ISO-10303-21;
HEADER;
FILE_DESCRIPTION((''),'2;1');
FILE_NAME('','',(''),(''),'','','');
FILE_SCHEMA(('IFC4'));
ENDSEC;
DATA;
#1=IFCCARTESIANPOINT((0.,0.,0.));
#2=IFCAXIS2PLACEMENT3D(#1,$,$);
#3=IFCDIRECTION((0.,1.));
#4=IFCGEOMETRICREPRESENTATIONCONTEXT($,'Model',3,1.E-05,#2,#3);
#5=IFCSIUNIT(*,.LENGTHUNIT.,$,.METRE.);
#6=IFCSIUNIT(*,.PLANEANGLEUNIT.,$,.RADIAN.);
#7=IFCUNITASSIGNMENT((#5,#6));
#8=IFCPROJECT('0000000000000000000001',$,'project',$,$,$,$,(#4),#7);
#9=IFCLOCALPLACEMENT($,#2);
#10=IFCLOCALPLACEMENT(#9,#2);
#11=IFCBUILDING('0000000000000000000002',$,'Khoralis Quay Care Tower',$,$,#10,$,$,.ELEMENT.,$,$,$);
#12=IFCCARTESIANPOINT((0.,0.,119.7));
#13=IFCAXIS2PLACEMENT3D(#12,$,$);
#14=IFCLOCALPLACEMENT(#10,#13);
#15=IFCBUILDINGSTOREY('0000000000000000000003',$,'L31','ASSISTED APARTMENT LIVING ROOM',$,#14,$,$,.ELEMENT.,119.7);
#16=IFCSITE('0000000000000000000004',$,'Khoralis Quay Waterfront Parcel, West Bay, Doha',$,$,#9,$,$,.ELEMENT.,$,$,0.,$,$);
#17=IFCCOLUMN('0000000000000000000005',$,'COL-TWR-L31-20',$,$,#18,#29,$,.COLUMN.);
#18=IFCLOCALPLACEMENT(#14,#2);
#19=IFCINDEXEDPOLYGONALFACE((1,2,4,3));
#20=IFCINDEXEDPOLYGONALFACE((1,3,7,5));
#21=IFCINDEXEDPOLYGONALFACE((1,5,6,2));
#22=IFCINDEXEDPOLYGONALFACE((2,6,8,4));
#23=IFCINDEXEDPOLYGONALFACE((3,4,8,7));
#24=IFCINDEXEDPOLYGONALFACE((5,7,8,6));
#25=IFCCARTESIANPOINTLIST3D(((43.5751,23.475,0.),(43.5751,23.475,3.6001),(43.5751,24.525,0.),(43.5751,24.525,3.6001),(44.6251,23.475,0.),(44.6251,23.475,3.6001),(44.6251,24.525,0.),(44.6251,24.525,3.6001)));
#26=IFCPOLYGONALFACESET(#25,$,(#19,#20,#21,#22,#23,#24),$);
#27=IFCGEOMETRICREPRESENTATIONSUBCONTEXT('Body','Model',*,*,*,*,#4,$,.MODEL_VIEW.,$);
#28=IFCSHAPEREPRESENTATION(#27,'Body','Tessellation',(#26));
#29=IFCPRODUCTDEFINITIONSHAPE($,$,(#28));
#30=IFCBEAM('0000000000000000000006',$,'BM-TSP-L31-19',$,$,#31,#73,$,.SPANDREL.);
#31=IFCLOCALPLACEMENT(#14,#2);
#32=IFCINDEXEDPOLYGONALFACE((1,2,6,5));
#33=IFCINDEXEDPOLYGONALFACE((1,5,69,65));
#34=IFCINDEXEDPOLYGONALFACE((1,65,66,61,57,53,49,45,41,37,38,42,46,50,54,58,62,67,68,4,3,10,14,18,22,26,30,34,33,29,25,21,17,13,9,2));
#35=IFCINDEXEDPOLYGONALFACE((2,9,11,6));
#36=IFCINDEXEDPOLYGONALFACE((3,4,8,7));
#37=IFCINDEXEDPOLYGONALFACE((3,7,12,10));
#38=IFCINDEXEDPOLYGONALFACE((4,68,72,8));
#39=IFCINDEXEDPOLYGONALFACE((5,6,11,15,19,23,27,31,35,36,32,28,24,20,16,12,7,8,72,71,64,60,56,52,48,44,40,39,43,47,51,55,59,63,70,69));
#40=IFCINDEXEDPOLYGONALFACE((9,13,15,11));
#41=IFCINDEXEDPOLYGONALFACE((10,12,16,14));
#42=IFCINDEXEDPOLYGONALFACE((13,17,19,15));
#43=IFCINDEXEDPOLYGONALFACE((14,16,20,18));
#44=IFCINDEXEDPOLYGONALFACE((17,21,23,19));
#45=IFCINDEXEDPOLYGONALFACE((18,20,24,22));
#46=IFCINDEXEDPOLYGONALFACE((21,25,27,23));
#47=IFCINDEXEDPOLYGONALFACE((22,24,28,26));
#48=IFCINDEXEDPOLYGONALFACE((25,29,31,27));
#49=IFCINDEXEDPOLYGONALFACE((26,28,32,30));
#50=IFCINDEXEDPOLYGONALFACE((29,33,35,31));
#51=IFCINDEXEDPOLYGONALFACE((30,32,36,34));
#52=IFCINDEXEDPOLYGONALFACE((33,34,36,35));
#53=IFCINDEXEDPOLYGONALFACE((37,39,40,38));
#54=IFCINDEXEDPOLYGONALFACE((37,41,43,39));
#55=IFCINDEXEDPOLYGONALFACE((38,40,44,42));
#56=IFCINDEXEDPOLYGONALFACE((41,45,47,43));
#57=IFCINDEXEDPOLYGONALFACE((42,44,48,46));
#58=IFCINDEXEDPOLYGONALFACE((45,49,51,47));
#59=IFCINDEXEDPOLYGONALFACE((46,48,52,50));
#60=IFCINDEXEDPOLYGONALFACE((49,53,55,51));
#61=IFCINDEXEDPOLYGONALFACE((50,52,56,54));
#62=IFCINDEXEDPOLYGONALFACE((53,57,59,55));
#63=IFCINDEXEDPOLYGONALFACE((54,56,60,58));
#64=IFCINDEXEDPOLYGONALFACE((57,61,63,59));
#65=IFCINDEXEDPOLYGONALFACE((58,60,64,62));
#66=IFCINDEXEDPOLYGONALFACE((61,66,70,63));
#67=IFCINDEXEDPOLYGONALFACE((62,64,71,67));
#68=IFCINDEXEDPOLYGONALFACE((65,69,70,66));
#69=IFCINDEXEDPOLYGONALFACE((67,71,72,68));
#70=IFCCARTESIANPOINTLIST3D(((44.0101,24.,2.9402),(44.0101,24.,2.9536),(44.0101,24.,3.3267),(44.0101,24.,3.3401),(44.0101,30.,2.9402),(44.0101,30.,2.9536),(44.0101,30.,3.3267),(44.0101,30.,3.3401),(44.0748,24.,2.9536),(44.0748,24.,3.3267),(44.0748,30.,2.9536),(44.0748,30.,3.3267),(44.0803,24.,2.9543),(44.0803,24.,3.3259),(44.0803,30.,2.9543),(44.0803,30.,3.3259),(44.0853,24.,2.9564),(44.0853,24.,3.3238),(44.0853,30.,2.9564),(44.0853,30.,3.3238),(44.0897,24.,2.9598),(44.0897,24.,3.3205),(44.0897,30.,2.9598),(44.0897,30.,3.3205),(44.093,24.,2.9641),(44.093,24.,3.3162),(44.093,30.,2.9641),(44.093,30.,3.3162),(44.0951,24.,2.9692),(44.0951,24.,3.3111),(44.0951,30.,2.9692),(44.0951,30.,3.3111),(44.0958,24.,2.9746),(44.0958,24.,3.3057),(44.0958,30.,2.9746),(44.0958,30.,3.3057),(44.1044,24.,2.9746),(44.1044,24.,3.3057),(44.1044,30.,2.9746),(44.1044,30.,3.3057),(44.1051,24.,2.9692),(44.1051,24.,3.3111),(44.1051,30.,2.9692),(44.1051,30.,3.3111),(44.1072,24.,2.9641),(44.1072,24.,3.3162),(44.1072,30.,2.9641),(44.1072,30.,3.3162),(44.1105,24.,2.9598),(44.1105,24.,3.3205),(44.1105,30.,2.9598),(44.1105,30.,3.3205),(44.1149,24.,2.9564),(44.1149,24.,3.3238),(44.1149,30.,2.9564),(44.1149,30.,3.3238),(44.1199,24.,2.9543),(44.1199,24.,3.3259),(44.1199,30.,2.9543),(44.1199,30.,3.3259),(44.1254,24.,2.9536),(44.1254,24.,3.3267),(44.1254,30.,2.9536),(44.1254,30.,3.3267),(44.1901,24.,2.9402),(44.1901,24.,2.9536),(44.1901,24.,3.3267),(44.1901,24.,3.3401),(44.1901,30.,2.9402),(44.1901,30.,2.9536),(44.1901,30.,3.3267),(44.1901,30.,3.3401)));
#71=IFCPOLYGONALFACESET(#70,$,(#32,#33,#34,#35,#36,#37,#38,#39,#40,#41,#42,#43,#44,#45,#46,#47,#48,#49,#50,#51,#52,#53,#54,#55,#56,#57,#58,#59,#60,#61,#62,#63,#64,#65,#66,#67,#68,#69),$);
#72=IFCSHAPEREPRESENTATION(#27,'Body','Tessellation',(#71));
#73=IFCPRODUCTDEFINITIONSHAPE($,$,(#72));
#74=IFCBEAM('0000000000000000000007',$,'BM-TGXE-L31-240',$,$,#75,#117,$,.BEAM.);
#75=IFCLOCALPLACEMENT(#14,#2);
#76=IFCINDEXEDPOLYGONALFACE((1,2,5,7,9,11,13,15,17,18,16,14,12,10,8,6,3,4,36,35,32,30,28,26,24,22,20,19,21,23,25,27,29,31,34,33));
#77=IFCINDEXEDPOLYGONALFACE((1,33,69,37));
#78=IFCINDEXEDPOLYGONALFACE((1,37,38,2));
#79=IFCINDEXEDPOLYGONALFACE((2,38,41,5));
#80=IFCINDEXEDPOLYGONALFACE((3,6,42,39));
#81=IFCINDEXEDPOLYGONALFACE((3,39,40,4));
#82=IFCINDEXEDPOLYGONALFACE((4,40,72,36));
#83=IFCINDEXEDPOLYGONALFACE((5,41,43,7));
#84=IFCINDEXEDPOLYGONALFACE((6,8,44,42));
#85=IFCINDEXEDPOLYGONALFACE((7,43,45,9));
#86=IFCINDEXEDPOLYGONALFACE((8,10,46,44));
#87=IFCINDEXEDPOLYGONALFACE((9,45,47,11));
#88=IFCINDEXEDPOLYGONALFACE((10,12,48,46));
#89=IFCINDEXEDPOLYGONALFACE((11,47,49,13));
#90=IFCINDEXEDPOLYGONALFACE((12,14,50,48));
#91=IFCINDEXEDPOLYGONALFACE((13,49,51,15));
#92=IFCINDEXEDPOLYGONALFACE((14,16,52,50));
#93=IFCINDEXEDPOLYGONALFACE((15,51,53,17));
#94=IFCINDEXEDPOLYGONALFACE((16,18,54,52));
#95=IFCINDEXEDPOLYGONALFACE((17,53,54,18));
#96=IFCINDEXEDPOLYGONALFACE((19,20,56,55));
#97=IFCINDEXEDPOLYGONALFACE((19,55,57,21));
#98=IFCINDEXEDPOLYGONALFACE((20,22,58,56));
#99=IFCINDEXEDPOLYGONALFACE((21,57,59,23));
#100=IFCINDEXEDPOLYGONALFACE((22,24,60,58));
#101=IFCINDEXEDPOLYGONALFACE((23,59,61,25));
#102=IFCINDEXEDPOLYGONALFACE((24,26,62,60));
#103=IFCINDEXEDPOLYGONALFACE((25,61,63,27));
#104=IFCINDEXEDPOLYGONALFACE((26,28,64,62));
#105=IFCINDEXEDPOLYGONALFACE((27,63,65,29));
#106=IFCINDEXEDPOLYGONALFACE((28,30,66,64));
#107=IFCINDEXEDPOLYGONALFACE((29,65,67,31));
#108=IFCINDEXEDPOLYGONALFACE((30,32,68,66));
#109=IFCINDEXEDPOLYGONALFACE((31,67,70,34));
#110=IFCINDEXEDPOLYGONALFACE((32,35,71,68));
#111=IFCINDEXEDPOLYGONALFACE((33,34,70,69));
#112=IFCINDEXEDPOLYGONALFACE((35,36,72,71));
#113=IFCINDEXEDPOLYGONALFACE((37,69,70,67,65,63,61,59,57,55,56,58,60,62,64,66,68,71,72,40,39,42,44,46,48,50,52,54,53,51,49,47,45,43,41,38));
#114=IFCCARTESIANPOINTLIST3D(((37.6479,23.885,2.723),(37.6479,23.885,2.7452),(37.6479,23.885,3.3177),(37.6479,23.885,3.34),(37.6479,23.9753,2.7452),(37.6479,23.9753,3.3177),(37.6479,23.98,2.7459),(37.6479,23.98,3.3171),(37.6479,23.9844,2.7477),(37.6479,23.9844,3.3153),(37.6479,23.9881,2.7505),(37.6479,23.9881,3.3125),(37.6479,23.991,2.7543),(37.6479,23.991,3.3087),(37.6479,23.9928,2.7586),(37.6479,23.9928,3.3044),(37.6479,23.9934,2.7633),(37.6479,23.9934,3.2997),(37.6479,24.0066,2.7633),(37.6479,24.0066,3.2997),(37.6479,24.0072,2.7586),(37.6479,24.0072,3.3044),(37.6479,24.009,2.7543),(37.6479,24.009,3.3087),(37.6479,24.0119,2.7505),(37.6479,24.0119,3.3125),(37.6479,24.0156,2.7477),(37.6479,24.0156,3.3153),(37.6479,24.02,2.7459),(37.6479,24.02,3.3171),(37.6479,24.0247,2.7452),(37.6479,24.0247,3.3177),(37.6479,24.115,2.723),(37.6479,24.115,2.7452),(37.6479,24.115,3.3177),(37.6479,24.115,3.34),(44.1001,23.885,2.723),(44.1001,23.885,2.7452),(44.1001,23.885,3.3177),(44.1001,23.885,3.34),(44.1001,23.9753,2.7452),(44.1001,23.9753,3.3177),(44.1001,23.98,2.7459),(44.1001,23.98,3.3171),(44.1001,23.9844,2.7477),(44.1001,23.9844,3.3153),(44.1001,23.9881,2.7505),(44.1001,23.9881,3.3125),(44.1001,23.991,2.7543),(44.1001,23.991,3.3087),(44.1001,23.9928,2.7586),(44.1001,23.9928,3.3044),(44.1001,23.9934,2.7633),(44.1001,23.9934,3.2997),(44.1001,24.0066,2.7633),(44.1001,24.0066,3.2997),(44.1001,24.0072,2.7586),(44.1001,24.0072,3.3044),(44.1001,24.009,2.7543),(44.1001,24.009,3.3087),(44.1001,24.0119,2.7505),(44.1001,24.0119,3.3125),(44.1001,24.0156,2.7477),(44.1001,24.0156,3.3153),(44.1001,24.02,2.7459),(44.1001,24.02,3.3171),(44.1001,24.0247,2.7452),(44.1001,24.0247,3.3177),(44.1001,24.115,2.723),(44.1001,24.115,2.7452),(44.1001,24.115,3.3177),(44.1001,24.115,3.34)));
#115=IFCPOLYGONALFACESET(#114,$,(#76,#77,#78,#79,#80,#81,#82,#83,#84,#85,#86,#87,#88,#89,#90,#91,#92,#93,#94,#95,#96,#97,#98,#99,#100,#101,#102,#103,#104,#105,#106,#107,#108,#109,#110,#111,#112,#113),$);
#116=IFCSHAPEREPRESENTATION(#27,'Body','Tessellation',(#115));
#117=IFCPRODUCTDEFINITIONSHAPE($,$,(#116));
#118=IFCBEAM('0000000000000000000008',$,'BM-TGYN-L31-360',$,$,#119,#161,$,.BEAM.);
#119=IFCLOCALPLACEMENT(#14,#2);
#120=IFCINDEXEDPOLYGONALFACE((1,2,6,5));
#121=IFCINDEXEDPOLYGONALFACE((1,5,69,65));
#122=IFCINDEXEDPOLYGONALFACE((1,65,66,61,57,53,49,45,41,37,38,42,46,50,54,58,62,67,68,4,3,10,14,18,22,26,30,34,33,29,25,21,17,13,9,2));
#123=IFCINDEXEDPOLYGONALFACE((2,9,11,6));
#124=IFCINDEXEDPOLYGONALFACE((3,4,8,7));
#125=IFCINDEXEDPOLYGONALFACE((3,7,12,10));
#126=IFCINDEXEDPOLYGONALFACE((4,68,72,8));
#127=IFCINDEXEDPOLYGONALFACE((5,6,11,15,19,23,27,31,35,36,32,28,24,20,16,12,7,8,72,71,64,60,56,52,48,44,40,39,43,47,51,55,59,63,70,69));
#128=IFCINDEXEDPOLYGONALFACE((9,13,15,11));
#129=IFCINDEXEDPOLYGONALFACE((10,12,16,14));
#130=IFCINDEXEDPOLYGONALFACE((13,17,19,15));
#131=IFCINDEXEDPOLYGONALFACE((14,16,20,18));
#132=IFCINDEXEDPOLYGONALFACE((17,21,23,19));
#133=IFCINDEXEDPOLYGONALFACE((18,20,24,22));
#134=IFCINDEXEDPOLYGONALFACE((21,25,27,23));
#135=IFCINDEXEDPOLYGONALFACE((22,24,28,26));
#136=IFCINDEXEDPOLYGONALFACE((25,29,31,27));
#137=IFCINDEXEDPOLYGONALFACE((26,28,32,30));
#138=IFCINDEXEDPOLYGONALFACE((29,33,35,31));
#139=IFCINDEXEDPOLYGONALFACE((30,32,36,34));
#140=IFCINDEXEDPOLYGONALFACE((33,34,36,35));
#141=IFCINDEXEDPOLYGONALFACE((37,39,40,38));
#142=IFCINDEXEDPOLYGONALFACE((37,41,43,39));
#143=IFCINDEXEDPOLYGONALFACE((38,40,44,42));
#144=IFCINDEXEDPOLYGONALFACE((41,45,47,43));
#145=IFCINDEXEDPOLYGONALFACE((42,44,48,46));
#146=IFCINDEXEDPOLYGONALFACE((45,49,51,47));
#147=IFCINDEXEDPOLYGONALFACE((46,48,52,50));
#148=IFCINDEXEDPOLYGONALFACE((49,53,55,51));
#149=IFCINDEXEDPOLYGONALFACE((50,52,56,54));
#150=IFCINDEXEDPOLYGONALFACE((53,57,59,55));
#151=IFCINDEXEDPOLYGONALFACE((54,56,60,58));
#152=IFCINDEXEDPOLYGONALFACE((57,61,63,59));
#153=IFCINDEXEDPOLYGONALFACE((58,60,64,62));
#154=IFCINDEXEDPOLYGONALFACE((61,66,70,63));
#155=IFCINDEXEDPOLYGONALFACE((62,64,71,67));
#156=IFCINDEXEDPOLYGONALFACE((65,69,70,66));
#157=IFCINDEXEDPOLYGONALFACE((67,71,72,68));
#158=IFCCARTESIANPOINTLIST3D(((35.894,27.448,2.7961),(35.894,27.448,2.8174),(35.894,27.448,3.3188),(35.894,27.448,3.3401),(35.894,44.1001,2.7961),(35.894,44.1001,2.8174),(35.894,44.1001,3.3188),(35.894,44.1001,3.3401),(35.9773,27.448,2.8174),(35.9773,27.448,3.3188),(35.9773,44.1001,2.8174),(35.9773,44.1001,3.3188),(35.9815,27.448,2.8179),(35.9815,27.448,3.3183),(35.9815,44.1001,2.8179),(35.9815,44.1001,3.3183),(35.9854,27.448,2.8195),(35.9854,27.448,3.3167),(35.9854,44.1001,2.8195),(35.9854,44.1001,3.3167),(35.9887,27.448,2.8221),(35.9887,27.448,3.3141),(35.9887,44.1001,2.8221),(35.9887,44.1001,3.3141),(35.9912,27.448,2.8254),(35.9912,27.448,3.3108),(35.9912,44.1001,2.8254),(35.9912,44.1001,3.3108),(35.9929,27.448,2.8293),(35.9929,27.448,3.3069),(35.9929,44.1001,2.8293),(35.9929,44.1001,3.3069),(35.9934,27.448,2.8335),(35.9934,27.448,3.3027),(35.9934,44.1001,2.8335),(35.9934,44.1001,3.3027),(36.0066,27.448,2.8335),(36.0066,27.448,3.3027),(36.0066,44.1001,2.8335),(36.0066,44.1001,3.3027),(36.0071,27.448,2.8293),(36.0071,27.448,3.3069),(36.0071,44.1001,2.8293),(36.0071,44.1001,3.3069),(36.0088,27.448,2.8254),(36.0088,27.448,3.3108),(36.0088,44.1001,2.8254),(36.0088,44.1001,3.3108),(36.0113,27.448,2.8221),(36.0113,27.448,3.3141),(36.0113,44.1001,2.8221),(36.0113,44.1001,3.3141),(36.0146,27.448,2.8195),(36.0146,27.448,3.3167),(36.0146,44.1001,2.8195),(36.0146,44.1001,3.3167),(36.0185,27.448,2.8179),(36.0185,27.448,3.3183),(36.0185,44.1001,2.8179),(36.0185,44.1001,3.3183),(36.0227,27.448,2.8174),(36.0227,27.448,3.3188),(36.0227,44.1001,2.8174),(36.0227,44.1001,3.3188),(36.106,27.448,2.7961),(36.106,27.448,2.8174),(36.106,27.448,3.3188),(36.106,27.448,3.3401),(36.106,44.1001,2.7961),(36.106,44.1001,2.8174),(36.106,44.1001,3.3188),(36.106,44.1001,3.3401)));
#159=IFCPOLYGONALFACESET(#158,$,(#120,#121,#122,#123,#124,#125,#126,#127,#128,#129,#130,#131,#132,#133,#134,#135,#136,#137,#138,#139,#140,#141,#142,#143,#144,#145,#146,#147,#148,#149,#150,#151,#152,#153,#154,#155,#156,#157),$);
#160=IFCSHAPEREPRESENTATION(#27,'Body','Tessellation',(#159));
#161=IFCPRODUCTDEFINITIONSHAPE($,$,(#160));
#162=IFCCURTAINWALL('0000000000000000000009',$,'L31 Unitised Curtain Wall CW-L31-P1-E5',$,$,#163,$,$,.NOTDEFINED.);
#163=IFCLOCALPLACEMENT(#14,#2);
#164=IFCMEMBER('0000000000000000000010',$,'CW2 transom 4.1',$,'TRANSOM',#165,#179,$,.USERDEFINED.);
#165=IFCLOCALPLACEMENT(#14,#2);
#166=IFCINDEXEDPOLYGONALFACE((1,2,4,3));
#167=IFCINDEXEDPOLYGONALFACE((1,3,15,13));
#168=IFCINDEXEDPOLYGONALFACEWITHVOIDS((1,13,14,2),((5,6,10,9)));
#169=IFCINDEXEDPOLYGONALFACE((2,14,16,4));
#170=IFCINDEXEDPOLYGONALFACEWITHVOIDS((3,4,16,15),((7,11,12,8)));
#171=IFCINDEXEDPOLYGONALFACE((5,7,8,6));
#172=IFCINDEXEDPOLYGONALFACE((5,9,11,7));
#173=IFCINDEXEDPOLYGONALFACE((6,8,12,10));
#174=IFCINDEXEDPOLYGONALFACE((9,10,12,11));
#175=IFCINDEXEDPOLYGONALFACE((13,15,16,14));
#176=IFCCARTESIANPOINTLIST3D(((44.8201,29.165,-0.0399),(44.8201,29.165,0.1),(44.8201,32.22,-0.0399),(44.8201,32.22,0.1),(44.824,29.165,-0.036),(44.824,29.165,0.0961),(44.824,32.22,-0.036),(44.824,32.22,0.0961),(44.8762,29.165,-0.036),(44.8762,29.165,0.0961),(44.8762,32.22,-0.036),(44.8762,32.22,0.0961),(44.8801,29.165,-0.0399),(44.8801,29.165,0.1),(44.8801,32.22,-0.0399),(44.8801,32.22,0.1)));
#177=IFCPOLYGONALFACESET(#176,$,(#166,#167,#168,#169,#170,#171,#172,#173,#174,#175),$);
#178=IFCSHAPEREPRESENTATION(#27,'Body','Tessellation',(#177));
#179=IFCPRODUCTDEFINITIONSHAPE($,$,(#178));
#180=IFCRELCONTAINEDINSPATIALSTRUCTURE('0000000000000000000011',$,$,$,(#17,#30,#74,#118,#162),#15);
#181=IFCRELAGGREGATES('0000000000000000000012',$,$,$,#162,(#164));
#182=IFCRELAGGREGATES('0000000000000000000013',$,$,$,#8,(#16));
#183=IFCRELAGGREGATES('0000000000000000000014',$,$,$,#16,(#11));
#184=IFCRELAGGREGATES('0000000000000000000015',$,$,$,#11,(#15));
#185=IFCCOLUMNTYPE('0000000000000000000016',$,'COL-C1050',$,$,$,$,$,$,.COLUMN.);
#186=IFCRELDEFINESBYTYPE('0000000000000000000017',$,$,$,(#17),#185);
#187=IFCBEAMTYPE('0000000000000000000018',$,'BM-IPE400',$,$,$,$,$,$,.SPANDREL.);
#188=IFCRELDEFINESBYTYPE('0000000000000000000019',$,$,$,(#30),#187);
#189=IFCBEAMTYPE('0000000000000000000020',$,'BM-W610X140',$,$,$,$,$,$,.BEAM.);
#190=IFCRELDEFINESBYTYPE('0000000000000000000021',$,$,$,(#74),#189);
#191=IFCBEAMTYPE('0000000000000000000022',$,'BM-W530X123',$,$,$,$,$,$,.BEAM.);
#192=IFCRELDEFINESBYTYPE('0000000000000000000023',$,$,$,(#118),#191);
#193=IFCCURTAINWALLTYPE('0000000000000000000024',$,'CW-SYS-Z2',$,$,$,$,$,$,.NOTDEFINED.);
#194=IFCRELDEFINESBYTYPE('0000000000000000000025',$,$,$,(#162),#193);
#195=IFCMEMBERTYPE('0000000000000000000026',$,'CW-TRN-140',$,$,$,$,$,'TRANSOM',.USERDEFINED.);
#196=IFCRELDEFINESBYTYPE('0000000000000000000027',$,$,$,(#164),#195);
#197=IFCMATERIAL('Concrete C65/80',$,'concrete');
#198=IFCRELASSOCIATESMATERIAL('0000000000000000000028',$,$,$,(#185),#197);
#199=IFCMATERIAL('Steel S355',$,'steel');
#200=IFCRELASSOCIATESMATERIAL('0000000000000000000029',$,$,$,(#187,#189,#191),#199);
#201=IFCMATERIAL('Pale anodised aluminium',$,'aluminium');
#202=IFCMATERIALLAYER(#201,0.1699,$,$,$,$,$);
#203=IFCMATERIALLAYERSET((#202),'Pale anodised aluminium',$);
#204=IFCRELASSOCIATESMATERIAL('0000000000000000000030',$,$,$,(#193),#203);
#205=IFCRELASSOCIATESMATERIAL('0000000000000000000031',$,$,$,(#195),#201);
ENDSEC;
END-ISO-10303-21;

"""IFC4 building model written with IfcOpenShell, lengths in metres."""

from ifc_helpers import new_model, si_unit, direction, frame, origin, origin_2d, place, context, subcontext, project, spatial, rectangle, hollow_rectangle, i_section, extrude, source, transform, mapped, material, layer, layer_set, material_profile, profile_set, type_object, element, aggregate, save


model = new_model("IFC4")

# Units and contexts
model_context = context("Model", 3, precision=1e-05, world=origin(), true_north=direction((0.0, 1.0)))
body_context = subcontext(model_context, "Body", "Model", "MODEL_VIEW")
ifc_project = project(units=[si_unit("LENGTHUNIT", "METRE"), si_unit("PLANEANGLEUNIT", "RADIAN")], contexts=[model_context])

# Site, building, storey
site_placement = place(None, origin())
site = spatial("IfcSite", under=ifc_project, at=site_placement, Name="Khoralis Quay Waterfront Parcel, West Bay, Doha", CompositionType="ELEMENT", RefElevation=0.0)
building_placement = place(site_placement, origin())
building = spatial("IfcBuilding", under=site, at=building_placement, Name="Khoralis Quay Care Tower", CompositionType="ELEMENT")
storey_placement = place(building_placement, frame((0.0, 0.0, 119.7)))
storey = spatial("IfcBuildingStorey", under=building, at=storey_placement, Name="L31", Description="ASSISTED APARTMENT LIVING ROOM", CompositionType="ELEMENT", Elevation=119.7)

# Column
ifc_material_1 = material(Name="Concrete C65/80", Category="concrete")
ifc_material_profile_1 = material_profile(ifc_material_1, rectangle(XDim=1.05, YDim=1.05, at=origin_2d()), Name="Concrete C65/80")
ifc_profile_set_1 = profile_set([ifc_material_profile_1], Name="Concrete C65/80")
column_type = type_object("IfcColumnType", Name="COL-C1050", PredefinedType="COLUMN", material=ifc_profile_set_1)
shared_shape_1 = source(origin(), body_context, "Body", "SweptSolid", [
    extrude(rectangle(XDim=1.05, YDim=1.05, at=origin_2d()), origin(), (0.0, 0.0, 1.0), 3.6001),
])
column_placement = place(storey_placement, frame((44.1001, 24.0, 0.0), z_axis=(0.0, 0.0, 1.0), x_axis=(1.0, 0.0, 0.0)))
element("IfcColumn", 1, at=column_placement, inside=storey, type_object=column_type, Name="COL-TWR-L31-20", PredefinedType="COLUMN", context=body_context, shape_type="MappedRepresentation", body=[
    mapped(shared_shape_1, transform((0.0, 0.0, 0.0), scale=1.0)),
])

# Beams
ifc_material_2 = material(Name="Steel S355", Category="steel")
ifc_material_profile_2 = material_profile(ifc_material_2, i_section(OverallWidth=0.1799, OverallDepth=0.3999, WebThickness=0.0085, FlangeThickness=0.0134, FilletRadius=0.021, at=origin_2d()), Name="Steel S355")
ifc_profile_set_2 = profile_set([ifc_material_profile_2], Name="Steel S355")
beam_type_1 = type_object("IfcBeamType", Name="BM-IPE400", PredefinedType="SPANDREL", material=ifc_profile_set_2)
shared_shape_2 = source(origin(), body_context, "Body", "SweptSolid", [
    extrude(i_section(OverallWidth=0.1799, OverallDepth=0.3999, WebThickness=0.0085, FlangeThickness=0.0134, FilletRadius=0.021, at=origin_2d()), origin(), (0.0, 0.0, 1.0), 6.0),
])
beam_1_placement = place(storey_placement, frame((44.1001, 24.0, 3.1401), z_axis=(0.0, 1.0, 0.0), x_axis=(-1.0, 0.0, 0.0)))
element("IfcBeam", 2, at=beam_1_placement, inside=storey, type_object=beam_type_1, Name="BM-TSP-L31-19", PredefinedType="SPANDREL", context=body_context, shape_type="MappedRepresentation", body=[
    mapped(shared_shape_2, transform((0.0, 0.0, 0.0), scale=1.0)),
])
ifc_material_profile_3 = material_profile(ifc_material_2, i_section(OverallWidth=0.23, OverallDepth=0.6169, WebThickness=0.0132, FlangeThickness=0.0222, FilletRadius=0.0181, at=origin_2d()), Name="Steel S355")
ifc_profile_set_3 = profile_set([ifc_material_profile_3], Name="Steel S355")
beam_type_2 = type_object("IfcBeamType", Name="BM-W610X140", PredefinedType="BEAM", material=ifc_profile_set_3)
shared_shape_3 = source(origin(), body_context, "Body", "SweptSolid", [
    extrude(i_section(OverallWidth=0.23, OverallDepth=0.6169, WebThickness=0.0132, FlangeThickness=0.0222, FilletRadius=0.0181, at=origin_2d()), origin(), (0.0, 0.0, 1.0), 6.4521),
])
beam_2_placement = place(storey_placement, frame((37.6479, 24.0, 3.0315), z_axis=(1.0, 0.0, 0.0), x_axis=(0.0, 1.0, 0.0)))
element("IfcBeam", 3, at=beam_2_placement, inside=storey, type_object=beam_type_2, Name="BM-TGXE-L31-240", PredefinedType="BEAM", context=body_context, shape_type="MappedRepresentation", body=[
    mapped(shared_shape_3, transform((0.0, 0.0, 0.0), scale=1.0)),
])
ifc_material_profile_4 = material_profile(ifc_material_2, i_section(OverallWidth=0.2119, OverallDepth=0.5439, WebThickness=0.0132, FlangeThickness=0.0212, FilletRadius=0.0161, at=origin_2d()), Name="Steel S355")
ifc_profile_set_4 = profile_set([ifc_material_profile_4], Name="Steel S355")
beam_type_3 = type_object("IfcBeamType", Name="BM-W530X123", PredefinedType="BEAM", material=ifc_profile_set_4)
shared_shape_4 = source(origin(), body_context, "Body", "SweptSolid", [
    extrude(i_section(OverallWidth=0.2119, OverallDepth=0.5439, WebThickness=0.0132, FlangeThickness=0.0212, FilletRadius=0.0161, at=origin_2d()), origin(), (0.0, 0.0, 1.0), 16.6521),
])
beam_3_placement = place(storey_placement, frame((36.0, 27.448, 3.0681), z_axis=(0.0, 1.0, 0.0), x_axis=(-1.0, 0.0, 0.0)))
element("IfcBeam", 4, at=beam_3_placement, inside=storey, type_object=beam_type_3, Name="BM-TGYN-L31-360", PredefinedType="BEAM", context=body_context, shape_type="MappedRepresentation", body=[
    mapped(shared_shape_4, transform((0.0, 0.0, 0.0), scale=1.0)),
])

# Curtain wall, member
ifc_material_3 = material(Name="Pale anodised aluminium", Category="aluminium")
ifc_layer_1 = layer(ifc_material_3, 0.1699)
ifc_layer_set_1 = layer_set([ifc_layer_1], Name="Pale anodised aluminium")
curtain_wall_type = type_object("IfcCurtainWallType", Name="CW-SYS-Z2", PredefinedType="NOTDEFINED", material=ifc_layer_set_1)
curtain_wall_placement = place(storey_placement, origin())
curtain_wall = element("IfcCurtainWall", 5, at=curtain_wall_placement, inside=storey, type_object=curtain_wall_type, Name="L31 Unitised Curtain Wall CW-L31-P1-E5", PredefinedType="NOTDEFINED")
ifc_material_profile_5 = material_profile(ifc_material_3, hollow_rectangle(XDim=0.0601, YDim=0.1399, WallThickness=0.0039, at=origin_2d()), Name="Pale anodised aluminium")
ifc_profile_set_5 = profile_set([ifc_material_profile_5], Name="Pale anodised aluminium")
member_type_1 = type_object("IfcMemberType", Name="CW-TRN-140", ElementType="TRANSOM", PredefinedType="USERDEFINED", material=ifc_profile_set_5)
shared_shape_5 = source(origin(), body_context, "Body", "SweptSolid", [
    extrude(hollow_rectangle(XDim=0.0601, YDim=0.1399, WallThickness=0.0039, at=origin_2d()), origin(), (0.0, 0.0, 1.0), 3.0549),
])
member_1_placement = place(storey_placement, frame((44.8501, 29.165, 0.03), z_axis=(0.0, 1.0, 0.0), x_axis=(-1.0, 0.0, 0.0)))
member_1 = element("IfcMember", 6, at=member_1_placement, type_object=member_type_1, Name="CW2 transom 4.1", ObjectType="TRANSOM", PredefinedType="USERDEFINED", context=body_context, shape_type="MappedRepresentation", body=[
    mapped(shared_shape_5, transform((0.0, 0.0, 0.0), scale=1.0)),
])
aggregate(curtain_wall, [member_1])

save(model, "model.ifc")
